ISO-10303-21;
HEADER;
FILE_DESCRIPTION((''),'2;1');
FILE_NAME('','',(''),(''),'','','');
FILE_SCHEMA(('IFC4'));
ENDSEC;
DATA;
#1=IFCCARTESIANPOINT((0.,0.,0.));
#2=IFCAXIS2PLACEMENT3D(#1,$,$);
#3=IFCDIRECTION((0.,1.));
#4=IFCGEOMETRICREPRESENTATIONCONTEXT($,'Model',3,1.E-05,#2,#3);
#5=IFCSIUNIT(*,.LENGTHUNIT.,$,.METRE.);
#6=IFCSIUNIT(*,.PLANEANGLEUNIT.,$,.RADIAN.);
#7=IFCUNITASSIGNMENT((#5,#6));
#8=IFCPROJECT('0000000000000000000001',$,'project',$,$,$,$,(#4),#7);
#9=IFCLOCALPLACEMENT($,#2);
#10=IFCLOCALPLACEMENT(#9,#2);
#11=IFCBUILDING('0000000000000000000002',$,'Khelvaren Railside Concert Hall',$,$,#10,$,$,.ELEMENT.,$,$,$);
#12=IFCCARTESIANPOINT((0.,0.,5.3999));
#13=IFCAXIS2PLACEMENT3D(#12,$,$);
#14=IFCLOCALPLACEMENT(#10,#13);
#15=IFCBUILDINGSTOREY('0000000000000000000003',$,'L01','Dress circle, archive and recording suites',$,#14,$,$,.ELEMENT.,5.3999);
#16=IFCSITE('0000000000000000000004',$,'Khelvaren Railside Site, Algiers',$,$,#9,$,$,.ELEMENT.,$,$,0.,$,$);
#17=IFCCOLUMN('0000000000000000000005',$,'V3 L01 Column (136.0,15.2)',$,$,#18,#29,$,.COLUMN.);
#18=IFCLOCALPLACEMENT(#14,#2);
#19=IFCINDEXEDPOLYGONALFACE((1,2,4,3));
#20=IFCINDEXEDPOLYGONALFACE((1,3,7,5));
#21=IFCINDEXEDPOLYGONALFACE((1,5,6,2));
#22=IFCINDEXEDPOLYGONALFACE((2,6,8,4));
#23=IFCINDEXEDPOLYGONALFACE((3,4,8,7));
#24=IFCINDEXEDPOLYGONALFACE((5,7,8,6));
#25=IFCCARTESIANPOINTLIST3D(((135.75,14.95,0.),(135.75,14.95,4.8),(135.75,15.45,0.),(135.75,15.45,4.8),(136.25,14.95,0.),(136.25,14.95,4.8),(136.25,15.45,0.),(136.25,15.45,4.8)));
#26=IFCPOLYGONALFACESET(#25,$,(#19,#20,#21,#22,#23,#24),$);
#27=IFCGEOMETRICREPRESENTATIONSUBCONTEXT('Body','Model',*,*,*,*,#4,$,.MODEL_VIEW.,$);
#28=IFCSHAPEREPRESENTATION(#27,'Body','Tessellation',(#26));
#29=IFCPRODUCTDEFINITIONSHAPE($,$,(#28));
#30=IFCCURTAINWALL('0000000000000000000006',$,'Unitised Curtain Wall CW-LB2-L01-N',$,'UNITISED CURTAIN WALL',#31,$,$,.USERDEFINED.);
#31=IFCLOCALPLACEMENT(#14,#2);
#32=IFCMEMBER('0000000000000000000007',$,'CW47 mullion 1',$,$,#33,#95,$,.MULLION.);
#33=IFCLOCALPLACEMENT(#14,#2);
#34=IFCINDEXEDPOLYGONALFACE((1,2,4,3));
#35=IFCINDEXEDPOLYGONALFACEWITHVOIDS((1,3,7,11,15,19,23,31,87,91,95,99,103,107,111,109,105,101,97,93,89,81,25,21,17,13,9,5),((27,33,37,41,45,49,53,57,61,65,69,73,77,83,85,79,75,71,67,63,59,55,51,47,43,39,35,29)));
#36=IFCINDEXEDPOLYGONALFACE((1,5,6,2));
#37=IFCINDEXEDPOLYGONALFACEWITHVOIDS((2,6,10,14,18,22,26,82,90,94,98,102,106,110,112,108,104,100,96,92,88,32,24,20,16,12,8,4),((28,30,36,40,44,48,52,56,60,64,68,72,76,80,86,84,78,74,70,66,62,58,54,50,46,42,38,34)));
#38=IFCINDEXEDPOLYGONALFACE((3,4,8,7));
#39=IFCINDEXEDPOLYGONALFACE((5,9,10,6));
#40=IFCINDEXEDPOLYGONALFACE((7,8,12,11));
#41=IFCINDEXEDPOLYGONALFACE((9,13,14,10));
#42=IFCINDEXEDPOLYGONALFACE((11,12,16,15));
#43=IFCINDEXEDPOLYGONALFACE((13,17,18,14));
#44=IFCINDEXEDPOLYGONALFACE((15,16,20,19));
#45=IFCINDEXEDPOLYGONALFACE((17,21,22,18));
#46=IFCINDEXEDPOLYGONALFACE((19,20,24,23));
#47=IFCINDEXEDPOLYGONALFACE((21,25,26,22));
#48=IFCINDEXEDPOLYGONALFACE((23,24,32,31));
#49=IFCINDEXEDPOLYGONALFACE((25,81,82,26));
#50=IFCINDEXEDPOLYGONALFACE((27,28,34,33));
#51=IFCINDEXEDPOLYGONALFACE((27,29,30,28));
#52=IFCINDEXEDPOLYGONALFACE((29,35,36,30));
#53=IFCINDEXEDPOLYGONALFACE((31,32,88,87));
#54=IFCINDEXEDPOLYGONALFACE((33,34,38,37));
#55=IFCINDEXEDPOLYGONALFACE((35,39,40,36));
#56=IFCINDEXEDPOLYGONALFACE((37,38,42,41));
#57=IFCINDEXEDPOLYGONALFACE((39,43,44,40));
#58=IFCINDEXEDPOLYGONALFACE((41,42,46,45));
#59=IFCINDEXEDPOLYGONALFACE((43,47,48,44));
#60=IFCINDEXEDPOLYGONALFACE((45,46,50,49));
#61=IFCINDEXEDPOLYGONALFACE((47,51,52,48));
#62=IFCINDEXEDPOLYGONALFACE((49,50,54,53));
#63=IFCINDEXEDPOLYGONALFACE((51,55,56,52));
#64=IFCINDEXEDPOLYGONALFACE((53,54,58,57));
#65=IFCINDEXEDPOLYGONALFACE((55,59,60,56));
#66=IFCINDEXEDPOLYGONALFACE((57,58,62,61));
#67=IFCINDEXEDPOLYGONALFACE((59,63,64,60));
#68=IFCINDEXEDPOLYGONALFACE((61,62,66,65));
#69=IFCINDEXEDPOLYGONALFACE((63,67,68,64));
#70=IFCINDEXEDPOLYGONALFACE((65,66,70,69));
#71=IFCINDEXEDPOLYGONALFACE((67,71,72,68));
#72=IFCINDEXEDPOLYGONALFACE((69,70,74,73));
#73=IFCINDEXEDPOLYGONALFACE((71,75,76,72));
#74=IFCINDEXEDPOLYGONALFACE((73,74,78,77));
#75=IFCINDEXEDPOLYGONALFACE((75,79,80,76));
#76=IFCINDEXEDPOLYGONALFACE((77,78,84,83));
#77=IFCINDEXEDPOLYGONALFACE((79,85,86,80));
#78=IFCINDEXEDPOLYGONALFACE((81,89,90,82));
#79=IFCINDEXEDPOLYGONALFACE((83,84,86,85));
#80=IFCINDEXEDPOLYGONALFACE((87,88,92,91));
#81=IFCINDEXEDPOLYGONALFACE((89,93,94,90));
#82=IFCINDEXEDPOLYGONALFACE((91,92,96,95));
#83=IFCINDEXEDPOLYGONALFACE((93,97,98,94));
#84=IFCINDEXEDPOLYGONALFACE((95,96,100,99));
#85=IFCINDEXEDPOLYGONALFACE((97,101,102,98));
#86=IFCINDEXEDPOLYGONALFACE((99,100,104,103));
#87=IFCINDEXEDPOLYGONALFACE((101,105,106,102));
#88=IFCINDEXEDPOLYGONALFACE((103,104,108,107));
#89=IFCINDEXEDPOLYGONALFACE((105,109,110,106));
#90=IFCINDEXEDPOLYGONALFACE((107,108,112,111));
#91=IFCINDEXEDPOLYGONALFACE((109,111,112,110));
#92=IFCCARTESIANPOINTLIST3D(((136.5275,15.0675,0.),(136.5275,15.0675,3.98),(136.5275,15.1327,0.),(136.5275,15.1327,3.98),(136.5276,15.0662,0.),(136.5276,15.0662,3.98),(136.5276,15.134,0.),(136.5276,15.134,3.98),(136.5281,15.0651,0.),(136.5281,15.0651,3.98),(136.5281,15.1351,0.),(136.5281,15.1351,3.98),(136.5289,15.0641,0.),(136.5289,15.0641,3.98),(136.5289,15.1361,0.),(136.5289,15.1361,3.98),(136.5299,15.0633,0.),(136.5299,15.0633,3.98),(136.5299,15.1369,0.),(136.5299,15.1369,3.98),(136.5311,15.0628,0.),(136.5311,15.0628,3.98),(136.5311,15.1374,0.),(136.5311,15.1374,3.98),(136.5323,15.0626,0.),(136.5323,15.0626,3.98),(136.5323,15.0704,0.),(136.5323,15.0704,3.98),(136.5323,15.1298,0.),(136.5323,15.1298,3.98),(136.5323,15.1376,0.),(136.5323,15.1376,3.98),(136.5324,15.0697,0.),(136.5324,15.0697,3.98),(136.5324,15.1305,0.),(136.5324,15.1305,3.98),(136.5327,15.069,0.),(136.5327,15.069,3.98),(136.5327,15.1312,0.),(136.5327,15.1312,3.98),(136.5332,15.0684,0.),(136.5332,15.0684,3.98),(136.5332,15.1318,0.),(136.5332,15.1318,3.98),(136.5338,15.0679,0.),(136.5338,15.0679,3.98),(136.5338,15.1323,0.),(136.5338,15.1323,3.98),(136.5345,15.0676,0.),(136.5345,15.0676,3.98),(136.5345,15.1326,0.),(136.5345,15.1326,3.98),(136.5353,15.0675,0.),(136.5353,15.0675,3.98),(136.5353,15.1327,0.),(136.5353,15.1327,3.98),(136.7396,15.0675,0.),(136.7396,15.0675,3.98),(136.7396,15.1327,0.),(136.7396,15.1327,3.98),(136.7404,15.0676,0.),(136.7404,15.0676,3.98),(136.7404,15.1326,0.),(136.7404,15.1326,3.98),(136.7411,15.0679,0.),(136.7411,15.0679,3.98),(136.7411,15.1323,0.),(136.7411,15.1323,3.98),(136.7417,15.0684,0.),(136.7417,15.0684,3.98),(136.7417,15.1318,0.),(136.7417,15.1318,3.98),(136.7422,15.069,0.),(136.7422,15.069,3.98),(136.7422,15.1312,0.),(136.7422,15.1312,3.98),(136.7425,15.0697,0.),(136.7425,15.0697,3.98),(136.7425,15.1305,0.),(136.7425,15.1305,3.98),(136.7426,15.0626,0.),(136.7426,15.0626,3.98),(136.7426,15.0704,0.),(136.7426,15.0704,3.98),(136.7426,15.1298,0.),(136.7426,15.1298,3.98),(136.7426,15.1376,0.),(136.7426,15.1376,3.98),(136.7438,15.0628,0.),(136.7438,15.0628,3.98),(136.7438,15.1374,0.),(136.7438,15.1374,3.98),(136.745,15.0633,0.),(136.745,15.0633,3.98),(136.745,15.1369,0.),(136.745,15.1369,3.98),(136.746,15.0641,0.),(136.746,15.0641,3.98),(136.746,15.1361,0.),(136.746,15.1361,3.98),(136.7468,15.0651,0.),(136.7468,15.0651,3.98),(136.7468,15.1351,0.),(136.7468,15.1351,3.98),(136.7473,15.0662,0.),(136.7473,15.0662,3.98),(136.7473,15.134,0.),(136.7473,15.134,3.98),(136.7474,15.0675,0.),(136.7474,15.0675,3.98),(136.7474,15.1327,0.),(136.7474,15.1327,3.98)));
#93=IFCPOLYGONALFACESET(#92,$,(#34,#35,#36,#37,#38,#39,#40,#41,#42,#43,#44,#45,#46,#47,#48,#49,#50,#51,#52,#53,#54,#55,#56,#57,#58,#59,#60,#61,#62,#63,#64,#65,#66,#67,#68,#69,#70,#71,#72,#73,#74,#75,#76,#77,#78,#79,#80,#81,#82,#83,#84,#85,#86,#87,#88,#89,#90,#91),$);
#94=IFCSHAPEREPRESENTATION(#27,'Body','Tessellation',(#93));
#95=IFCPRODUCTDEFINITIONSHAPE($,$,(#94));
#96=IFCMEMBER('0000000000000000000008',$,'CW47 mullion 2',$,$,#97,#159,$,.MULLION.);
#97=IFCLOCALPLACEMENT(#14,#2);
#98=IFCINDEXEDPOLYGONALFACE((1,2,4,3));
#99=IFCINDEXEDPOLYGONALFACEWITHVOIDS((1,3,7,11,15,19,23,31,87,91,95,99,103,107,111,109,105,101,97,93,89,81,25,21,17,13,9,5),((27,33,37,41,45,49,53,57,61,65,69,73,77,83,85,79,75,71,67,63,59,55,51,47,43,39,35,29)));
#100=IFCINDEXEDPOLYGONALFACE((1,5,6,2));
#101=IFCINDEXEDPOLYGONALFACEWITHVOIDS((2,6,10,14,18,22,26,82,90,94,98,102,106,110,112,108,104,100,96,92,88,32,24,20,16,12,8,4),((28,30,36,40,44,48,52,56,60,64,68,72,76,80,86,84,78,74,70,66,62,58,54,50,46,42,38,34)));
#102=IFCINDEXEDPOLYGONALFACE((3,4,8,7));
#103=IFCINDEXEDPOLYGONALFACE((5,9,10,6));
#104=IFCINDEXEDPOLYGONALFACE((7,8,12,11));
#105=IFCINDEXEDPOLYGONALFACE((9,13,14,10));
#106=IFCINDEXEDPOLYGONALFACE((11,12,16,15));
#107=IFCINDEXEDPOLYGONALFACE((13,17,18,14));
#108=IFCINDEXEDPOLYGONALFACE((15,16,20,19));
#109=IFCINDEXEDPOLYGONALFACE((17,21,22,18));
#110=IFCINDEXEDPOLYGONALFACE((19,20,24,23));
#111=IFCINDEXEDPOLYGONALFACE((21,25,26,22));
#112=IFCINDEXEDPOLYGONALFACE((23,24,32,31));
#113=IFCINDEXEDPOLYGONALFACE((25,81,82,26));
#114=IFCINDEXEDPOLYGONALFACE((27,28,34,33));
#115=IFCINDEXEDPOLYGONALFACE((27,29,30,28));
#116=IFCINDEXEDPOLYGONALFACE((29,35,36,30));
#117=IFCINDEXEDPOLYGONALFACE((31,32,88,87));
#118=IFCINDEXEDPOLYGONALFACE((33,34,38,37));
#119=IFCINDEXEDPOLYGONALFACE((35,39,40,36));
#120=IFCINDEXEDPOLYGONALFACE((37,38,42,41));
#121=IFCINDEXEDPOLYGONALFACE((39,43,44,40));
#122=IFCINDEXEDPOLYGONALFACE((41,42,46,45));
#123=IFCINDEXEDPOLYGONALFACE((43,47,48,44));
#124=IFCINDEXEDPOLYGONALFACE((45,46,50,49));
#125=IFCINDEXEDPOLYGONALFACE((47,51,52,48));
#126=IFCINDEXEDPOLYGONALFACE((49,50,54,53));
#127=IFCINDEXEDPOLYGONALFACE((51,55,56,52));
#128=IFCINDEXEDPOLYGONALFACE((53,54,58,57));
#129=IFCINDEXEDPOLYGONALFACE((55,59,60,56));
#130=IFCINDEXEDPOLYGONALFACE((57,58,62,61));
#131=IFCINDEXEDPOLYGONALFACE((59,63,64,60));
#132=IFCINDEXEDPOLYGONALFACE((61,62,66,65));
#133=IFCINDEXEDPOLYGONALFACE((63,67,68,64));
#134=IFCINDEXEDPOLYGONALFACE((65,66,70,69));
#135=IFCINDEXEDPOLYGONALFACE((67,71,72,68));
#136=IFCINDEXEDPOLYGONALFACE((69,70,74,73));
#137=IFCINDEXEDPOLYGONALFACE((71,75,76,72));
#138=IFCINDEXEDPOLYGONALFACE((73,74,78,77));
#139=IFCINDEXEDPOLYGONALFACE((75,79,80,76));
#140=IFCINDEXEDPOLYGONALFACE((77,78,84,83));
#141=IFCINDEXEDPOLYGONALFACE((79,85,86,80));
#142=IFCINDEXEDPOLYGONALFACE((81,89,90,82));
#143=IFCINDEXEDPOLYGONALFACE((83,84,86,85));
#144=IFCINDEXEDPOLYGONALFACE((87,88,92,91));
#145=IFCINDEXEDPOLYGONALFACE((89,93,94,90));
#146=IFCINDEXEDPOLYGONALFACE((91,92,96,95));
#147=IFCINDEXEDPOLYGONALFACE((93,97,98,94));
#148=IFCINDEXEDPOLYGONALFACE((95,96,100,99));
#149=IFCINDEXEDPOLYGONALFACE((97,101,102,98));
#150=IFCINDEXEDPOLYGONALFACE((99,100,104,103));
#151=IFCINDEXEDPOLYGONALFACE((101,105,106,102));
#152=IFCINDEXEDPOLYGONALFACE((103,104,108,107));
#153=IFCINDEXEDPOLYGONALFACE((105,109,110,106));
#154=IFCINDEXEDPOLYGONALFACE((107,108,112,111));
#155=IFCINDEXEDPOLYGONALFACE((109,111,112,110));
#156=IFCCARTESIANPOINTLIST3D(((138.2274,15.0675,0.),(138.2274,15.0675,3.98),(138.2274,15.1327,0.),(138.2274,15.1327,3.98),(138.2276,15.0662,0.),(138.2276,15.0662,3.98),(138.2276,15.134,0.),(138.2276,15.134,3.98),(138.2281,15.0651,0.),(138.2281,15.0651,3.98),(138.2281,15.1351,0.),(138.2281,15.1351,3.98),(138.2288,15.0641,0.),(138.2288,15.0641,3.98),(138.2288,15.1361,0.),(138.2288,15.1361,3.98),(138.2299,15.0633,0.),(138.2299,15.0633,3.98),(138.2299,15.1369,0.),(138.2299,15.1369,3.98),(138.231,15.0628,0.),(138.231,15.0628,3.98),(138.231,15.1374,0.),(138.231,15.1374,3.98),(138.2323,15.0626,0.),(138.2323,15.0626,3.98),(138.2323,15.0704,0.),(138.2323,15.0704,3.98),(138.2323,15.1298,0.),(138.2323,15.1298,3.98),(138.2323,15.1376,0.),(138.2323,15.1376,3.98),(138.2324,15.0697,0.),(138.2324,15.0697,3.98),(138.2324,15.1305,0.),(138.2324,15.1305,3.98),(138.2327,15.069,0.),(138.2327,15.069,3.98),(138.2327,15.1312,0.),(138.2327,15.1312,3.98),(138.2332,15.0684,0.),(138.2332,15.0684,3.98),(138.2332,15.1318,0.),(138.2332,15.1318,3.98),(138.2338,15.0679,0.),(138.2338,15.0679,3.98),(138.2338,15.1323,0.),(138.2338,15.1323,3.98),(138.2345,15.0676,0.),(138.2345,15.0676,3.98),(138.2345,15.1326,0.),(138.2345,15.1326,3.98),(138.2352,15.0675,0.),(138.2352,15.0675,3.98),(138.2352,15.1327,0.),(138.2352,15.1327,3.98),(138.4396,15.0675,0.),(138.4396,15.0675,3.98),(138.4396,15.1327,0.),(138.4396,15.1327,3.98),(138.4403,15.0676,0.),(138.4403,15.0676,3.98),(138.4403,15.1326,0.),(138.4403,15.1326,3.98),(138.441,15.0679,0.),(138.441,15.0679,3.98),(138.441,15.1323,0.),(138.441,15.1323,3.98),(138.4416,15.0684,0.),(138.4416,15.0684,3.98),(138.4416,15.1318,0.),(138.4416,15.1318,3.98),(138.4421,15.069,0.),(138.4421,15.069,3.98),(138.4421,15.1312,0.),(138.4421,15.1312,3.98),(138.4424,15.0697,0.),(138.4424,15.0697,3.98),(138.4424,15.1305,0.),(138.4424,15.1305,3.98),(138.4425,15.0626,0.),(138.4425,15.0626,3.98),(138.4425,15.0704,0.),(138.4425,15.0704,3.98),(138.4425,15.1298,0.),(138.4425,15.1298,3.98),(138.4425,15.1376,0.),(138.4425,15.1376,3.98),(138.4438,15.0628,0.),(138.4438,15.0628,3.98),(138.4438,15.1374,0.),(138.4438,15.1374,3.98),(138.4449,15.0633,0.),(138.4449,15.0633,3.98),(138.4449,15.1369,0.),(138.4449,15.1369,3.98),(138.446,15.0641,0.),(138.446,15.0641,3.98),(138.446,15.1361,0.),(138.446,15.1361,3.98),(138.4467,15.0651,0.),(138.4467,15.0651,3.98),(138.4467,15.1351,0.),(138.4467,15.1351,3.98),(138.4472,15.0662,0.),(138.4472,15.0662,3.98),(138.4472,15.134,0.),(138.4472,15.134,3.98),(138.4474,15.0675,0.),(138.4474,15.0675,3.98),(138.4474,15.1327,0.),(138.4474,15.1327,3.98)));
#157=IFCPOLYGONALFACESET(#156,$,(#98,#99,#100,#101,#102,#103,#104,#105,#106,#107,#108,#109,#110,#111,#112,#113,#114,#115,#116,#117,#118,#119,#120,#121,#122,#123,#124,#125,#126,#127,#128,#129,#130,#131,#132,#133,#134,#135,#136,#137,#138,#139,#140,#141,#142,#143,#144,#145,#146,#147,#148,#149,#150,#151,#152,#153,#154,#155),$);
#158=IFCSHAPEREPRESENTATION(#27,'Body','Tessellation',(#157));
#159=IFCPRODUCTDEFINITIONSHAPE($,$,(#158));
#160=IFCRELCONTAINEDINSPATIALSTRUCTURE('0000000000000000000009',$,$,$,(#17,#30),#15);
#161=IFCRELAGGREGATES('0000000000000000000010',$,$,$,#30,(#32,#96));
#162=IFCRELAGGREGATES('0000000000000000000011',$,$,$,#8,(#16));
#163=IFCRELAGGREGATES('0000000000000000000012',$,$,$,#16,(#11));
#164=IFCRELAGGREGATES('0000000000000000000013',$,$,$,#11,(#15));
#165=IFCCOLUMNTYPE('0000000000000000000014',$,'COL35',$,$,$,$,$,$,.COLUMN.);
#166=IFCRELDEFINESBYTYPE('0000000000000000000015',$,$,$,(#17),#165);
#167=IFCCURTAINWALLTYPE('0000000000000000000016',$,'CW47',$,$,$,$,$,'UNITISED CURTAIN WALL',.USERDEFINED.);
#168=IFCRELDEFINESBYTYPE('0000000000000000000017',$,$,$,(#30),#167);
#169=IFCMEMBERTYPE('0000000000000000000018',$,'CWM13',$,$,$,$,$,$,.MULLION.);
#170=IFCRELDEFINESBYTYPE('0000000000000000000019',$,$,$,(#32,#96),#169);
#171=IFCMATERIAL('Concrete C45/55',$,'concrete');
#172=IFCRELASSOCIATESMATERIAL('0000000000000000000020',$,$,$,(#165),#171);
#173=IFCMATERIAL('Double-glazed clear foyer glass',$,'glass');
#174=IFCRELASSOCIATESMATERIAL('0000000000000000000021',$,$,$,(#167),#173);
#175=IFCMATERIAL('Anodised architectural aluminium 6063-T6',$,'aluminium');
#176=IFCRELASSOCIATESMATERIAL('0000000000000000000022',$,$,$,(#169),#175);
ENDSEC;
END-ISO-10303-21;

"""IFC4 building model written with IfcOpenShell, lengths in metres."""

from ifc_helpers import new_model, si_unit, direction, frame, origin, origin_2d, place, context, subcontext, project, spatial, rectangle, hollow_rectangle, extrude, material, material_profile, profile_set, type_object, element, aggregate, save


model = new_model("IFC4")

# Units and contexts
model_context = context("Model", 3, precision=1e-05, world=origin(), true_north=direction((0.0, 1.0)))
body_context = subcontext(model_context, "Body", "Model", "MODEL_VIEW")
ifc_project = project(units=[si_unit("LENGTHUNIT", "METRE"), si_unit("PLANEANGLEUNIT", "RADIAN")], contexts=[model_context])

# Site, building, storey
site_placement = place(None, origin())
site = spatial("IfcSite", under=ifc_project, at=site_placement, Name="Khelvaren Railside Site, Algiers", CompositionType="ELEMENT", RefElevation=0.0)
building_placement = place(site_placement, origin())
building = spatial("IfcBuilding", under=site, at=building_placement, Name="Khelvaren Railside Concert Hall", CompositionType="ELEMENT")
storey_placement = place(building_placement, frame((0.0, 0.0, 5.3999)))
storey = spatial("IfcBuildingStorey", under=building, at=storey_placement, Name="L01", Description="Dress circle, archive and recording suites", CompositionType="ELEMENT", Elevation=5.3999)

# Column
ifc_material_1 = material(Name="Concrete C45/55", Category="concrete")
ifc_material_profile_1 = material_profile(ifc_material_1, rectangle(XDim=0.5, YDim=0.5, at=origin_2d()), Name="RC 500x500")
ifc_profile_set_1 = profile_set([ifc_material_profile_1], Name="Concrete C45/55")
column_type = type_object("IfcColumnType", Name="COL35", PredefinedType="COLUMN", material=ifc_profile_set_1)
column_placement = place(storey_placement, frame((136.0, 15.2, 0.0), z_axis=(0.0, 0.0, 1.0), x_axis=(1.0, 0.0, 0.0)))
element("IfcColumn", 1, at=column_placement, inside=storey, type_object=column_type, Name="V3 L01 Column (136.0,15.2)", PredefinedType="COLUMN", context=body_context, shape_type="SweptSolid", body=[
    extrude(rectangle(XDim=0.5, YDim=0.5, at=origin_2d()), origin(), (0.0, 0.0, 1.0), 4.8),
])

# Curtain wall, members
ifc_material_2 = material(Name="Double-glazed clear foyer glass", Category="glass")
curtain_wall_type_1 = type_object("IfcCurtainWallType", Name="CW47", ElementType="UNITISED CURTAIN WALL", PredefinedType="USERDEFINED", material=ifc_material_2)
curtain_wall_1_placement = place(storey_placement, origin())
curtain_wall_1 = element("IfcCurtainWall", 2, at=curtain_wall_1_placement, inside=storey, type_object=curtain_wall_type_1, Name="Unitised Curtain Wall CW-LB2-L01-N", ObjectType="UNITISED CURTAIN WALL", PredefinedType="USERDEFINED")
ifc_material_3 = material(Name="Anodised architectural aluminium 6063-T6", Category="aluminium")
ifc_material_profile_2 = material_profile(ifc_material_3, hollow_rectangle(XDim=0.075, YDim=0.22, WallThickness=0.0049, InnerFilletRadius=0.0029, OuterFilletRadius=0.0049, at=origin_2d()), Name="CWM 75x220x5")
ifc_profile_set_2 = profile_set([ifc_material_profile_2], Name="Anodised architectural aluminium 6063-T6")
member_type_1 = type_object("IfcMemberType", Name="CWM13", PredefinedType="MULLION", material=ifc_profile_set_2)
member_1_placement = place(storey_placement, frame((136.6375, 15.1001, 0.0), z_axis=(0.0, 0.0, 1.0), x_axis=(0.0, 1.0, 0.0)))
member_1 = element("IfcMember", 3, at=member_1_placement, type_object=member_type_1, Name="CW47 mullion 1", PredefinedType="MULLION", context=body_context, shape_type="SweptSolid", body=[
    extrude(hollow_rectangle(XDim=0.075, YDim=0.22, WallThickness=0.0049, InnerFilletRadius=0.0029, OuterFilletRadius=0.0049, at=origin_2d()), origin(), (0.0, 0.0, 1.0), 3.98),
])
member_2_placement = place(storey_placement, frame((138.3374, 15.1001, 0.0), z_axis=(0.0, 0.0, 1.0), x_axis=(0.0, 1.0, 0.0)))
member_2 = element("IfcMember", 4, at=member_2_placement, type_object=member_type_1, Name="CW47 mullion 2", PredefinedType="MULLION", context=body_context, shape_type="SweptSolid", body=[
    extrude(hollow_rectangle(XDim=0.075, YDim=0.22, WallThickness=0.0049, InnerFilletRadius=0.0029, OuterFilletRadius=0.0049, at=origin_2d()), origin(), (0.0, 0.0, 1.0), 3.98),
])

aggregate(curtain_wall_1, [member_1, member_2])

save(model, "model.ifc")
